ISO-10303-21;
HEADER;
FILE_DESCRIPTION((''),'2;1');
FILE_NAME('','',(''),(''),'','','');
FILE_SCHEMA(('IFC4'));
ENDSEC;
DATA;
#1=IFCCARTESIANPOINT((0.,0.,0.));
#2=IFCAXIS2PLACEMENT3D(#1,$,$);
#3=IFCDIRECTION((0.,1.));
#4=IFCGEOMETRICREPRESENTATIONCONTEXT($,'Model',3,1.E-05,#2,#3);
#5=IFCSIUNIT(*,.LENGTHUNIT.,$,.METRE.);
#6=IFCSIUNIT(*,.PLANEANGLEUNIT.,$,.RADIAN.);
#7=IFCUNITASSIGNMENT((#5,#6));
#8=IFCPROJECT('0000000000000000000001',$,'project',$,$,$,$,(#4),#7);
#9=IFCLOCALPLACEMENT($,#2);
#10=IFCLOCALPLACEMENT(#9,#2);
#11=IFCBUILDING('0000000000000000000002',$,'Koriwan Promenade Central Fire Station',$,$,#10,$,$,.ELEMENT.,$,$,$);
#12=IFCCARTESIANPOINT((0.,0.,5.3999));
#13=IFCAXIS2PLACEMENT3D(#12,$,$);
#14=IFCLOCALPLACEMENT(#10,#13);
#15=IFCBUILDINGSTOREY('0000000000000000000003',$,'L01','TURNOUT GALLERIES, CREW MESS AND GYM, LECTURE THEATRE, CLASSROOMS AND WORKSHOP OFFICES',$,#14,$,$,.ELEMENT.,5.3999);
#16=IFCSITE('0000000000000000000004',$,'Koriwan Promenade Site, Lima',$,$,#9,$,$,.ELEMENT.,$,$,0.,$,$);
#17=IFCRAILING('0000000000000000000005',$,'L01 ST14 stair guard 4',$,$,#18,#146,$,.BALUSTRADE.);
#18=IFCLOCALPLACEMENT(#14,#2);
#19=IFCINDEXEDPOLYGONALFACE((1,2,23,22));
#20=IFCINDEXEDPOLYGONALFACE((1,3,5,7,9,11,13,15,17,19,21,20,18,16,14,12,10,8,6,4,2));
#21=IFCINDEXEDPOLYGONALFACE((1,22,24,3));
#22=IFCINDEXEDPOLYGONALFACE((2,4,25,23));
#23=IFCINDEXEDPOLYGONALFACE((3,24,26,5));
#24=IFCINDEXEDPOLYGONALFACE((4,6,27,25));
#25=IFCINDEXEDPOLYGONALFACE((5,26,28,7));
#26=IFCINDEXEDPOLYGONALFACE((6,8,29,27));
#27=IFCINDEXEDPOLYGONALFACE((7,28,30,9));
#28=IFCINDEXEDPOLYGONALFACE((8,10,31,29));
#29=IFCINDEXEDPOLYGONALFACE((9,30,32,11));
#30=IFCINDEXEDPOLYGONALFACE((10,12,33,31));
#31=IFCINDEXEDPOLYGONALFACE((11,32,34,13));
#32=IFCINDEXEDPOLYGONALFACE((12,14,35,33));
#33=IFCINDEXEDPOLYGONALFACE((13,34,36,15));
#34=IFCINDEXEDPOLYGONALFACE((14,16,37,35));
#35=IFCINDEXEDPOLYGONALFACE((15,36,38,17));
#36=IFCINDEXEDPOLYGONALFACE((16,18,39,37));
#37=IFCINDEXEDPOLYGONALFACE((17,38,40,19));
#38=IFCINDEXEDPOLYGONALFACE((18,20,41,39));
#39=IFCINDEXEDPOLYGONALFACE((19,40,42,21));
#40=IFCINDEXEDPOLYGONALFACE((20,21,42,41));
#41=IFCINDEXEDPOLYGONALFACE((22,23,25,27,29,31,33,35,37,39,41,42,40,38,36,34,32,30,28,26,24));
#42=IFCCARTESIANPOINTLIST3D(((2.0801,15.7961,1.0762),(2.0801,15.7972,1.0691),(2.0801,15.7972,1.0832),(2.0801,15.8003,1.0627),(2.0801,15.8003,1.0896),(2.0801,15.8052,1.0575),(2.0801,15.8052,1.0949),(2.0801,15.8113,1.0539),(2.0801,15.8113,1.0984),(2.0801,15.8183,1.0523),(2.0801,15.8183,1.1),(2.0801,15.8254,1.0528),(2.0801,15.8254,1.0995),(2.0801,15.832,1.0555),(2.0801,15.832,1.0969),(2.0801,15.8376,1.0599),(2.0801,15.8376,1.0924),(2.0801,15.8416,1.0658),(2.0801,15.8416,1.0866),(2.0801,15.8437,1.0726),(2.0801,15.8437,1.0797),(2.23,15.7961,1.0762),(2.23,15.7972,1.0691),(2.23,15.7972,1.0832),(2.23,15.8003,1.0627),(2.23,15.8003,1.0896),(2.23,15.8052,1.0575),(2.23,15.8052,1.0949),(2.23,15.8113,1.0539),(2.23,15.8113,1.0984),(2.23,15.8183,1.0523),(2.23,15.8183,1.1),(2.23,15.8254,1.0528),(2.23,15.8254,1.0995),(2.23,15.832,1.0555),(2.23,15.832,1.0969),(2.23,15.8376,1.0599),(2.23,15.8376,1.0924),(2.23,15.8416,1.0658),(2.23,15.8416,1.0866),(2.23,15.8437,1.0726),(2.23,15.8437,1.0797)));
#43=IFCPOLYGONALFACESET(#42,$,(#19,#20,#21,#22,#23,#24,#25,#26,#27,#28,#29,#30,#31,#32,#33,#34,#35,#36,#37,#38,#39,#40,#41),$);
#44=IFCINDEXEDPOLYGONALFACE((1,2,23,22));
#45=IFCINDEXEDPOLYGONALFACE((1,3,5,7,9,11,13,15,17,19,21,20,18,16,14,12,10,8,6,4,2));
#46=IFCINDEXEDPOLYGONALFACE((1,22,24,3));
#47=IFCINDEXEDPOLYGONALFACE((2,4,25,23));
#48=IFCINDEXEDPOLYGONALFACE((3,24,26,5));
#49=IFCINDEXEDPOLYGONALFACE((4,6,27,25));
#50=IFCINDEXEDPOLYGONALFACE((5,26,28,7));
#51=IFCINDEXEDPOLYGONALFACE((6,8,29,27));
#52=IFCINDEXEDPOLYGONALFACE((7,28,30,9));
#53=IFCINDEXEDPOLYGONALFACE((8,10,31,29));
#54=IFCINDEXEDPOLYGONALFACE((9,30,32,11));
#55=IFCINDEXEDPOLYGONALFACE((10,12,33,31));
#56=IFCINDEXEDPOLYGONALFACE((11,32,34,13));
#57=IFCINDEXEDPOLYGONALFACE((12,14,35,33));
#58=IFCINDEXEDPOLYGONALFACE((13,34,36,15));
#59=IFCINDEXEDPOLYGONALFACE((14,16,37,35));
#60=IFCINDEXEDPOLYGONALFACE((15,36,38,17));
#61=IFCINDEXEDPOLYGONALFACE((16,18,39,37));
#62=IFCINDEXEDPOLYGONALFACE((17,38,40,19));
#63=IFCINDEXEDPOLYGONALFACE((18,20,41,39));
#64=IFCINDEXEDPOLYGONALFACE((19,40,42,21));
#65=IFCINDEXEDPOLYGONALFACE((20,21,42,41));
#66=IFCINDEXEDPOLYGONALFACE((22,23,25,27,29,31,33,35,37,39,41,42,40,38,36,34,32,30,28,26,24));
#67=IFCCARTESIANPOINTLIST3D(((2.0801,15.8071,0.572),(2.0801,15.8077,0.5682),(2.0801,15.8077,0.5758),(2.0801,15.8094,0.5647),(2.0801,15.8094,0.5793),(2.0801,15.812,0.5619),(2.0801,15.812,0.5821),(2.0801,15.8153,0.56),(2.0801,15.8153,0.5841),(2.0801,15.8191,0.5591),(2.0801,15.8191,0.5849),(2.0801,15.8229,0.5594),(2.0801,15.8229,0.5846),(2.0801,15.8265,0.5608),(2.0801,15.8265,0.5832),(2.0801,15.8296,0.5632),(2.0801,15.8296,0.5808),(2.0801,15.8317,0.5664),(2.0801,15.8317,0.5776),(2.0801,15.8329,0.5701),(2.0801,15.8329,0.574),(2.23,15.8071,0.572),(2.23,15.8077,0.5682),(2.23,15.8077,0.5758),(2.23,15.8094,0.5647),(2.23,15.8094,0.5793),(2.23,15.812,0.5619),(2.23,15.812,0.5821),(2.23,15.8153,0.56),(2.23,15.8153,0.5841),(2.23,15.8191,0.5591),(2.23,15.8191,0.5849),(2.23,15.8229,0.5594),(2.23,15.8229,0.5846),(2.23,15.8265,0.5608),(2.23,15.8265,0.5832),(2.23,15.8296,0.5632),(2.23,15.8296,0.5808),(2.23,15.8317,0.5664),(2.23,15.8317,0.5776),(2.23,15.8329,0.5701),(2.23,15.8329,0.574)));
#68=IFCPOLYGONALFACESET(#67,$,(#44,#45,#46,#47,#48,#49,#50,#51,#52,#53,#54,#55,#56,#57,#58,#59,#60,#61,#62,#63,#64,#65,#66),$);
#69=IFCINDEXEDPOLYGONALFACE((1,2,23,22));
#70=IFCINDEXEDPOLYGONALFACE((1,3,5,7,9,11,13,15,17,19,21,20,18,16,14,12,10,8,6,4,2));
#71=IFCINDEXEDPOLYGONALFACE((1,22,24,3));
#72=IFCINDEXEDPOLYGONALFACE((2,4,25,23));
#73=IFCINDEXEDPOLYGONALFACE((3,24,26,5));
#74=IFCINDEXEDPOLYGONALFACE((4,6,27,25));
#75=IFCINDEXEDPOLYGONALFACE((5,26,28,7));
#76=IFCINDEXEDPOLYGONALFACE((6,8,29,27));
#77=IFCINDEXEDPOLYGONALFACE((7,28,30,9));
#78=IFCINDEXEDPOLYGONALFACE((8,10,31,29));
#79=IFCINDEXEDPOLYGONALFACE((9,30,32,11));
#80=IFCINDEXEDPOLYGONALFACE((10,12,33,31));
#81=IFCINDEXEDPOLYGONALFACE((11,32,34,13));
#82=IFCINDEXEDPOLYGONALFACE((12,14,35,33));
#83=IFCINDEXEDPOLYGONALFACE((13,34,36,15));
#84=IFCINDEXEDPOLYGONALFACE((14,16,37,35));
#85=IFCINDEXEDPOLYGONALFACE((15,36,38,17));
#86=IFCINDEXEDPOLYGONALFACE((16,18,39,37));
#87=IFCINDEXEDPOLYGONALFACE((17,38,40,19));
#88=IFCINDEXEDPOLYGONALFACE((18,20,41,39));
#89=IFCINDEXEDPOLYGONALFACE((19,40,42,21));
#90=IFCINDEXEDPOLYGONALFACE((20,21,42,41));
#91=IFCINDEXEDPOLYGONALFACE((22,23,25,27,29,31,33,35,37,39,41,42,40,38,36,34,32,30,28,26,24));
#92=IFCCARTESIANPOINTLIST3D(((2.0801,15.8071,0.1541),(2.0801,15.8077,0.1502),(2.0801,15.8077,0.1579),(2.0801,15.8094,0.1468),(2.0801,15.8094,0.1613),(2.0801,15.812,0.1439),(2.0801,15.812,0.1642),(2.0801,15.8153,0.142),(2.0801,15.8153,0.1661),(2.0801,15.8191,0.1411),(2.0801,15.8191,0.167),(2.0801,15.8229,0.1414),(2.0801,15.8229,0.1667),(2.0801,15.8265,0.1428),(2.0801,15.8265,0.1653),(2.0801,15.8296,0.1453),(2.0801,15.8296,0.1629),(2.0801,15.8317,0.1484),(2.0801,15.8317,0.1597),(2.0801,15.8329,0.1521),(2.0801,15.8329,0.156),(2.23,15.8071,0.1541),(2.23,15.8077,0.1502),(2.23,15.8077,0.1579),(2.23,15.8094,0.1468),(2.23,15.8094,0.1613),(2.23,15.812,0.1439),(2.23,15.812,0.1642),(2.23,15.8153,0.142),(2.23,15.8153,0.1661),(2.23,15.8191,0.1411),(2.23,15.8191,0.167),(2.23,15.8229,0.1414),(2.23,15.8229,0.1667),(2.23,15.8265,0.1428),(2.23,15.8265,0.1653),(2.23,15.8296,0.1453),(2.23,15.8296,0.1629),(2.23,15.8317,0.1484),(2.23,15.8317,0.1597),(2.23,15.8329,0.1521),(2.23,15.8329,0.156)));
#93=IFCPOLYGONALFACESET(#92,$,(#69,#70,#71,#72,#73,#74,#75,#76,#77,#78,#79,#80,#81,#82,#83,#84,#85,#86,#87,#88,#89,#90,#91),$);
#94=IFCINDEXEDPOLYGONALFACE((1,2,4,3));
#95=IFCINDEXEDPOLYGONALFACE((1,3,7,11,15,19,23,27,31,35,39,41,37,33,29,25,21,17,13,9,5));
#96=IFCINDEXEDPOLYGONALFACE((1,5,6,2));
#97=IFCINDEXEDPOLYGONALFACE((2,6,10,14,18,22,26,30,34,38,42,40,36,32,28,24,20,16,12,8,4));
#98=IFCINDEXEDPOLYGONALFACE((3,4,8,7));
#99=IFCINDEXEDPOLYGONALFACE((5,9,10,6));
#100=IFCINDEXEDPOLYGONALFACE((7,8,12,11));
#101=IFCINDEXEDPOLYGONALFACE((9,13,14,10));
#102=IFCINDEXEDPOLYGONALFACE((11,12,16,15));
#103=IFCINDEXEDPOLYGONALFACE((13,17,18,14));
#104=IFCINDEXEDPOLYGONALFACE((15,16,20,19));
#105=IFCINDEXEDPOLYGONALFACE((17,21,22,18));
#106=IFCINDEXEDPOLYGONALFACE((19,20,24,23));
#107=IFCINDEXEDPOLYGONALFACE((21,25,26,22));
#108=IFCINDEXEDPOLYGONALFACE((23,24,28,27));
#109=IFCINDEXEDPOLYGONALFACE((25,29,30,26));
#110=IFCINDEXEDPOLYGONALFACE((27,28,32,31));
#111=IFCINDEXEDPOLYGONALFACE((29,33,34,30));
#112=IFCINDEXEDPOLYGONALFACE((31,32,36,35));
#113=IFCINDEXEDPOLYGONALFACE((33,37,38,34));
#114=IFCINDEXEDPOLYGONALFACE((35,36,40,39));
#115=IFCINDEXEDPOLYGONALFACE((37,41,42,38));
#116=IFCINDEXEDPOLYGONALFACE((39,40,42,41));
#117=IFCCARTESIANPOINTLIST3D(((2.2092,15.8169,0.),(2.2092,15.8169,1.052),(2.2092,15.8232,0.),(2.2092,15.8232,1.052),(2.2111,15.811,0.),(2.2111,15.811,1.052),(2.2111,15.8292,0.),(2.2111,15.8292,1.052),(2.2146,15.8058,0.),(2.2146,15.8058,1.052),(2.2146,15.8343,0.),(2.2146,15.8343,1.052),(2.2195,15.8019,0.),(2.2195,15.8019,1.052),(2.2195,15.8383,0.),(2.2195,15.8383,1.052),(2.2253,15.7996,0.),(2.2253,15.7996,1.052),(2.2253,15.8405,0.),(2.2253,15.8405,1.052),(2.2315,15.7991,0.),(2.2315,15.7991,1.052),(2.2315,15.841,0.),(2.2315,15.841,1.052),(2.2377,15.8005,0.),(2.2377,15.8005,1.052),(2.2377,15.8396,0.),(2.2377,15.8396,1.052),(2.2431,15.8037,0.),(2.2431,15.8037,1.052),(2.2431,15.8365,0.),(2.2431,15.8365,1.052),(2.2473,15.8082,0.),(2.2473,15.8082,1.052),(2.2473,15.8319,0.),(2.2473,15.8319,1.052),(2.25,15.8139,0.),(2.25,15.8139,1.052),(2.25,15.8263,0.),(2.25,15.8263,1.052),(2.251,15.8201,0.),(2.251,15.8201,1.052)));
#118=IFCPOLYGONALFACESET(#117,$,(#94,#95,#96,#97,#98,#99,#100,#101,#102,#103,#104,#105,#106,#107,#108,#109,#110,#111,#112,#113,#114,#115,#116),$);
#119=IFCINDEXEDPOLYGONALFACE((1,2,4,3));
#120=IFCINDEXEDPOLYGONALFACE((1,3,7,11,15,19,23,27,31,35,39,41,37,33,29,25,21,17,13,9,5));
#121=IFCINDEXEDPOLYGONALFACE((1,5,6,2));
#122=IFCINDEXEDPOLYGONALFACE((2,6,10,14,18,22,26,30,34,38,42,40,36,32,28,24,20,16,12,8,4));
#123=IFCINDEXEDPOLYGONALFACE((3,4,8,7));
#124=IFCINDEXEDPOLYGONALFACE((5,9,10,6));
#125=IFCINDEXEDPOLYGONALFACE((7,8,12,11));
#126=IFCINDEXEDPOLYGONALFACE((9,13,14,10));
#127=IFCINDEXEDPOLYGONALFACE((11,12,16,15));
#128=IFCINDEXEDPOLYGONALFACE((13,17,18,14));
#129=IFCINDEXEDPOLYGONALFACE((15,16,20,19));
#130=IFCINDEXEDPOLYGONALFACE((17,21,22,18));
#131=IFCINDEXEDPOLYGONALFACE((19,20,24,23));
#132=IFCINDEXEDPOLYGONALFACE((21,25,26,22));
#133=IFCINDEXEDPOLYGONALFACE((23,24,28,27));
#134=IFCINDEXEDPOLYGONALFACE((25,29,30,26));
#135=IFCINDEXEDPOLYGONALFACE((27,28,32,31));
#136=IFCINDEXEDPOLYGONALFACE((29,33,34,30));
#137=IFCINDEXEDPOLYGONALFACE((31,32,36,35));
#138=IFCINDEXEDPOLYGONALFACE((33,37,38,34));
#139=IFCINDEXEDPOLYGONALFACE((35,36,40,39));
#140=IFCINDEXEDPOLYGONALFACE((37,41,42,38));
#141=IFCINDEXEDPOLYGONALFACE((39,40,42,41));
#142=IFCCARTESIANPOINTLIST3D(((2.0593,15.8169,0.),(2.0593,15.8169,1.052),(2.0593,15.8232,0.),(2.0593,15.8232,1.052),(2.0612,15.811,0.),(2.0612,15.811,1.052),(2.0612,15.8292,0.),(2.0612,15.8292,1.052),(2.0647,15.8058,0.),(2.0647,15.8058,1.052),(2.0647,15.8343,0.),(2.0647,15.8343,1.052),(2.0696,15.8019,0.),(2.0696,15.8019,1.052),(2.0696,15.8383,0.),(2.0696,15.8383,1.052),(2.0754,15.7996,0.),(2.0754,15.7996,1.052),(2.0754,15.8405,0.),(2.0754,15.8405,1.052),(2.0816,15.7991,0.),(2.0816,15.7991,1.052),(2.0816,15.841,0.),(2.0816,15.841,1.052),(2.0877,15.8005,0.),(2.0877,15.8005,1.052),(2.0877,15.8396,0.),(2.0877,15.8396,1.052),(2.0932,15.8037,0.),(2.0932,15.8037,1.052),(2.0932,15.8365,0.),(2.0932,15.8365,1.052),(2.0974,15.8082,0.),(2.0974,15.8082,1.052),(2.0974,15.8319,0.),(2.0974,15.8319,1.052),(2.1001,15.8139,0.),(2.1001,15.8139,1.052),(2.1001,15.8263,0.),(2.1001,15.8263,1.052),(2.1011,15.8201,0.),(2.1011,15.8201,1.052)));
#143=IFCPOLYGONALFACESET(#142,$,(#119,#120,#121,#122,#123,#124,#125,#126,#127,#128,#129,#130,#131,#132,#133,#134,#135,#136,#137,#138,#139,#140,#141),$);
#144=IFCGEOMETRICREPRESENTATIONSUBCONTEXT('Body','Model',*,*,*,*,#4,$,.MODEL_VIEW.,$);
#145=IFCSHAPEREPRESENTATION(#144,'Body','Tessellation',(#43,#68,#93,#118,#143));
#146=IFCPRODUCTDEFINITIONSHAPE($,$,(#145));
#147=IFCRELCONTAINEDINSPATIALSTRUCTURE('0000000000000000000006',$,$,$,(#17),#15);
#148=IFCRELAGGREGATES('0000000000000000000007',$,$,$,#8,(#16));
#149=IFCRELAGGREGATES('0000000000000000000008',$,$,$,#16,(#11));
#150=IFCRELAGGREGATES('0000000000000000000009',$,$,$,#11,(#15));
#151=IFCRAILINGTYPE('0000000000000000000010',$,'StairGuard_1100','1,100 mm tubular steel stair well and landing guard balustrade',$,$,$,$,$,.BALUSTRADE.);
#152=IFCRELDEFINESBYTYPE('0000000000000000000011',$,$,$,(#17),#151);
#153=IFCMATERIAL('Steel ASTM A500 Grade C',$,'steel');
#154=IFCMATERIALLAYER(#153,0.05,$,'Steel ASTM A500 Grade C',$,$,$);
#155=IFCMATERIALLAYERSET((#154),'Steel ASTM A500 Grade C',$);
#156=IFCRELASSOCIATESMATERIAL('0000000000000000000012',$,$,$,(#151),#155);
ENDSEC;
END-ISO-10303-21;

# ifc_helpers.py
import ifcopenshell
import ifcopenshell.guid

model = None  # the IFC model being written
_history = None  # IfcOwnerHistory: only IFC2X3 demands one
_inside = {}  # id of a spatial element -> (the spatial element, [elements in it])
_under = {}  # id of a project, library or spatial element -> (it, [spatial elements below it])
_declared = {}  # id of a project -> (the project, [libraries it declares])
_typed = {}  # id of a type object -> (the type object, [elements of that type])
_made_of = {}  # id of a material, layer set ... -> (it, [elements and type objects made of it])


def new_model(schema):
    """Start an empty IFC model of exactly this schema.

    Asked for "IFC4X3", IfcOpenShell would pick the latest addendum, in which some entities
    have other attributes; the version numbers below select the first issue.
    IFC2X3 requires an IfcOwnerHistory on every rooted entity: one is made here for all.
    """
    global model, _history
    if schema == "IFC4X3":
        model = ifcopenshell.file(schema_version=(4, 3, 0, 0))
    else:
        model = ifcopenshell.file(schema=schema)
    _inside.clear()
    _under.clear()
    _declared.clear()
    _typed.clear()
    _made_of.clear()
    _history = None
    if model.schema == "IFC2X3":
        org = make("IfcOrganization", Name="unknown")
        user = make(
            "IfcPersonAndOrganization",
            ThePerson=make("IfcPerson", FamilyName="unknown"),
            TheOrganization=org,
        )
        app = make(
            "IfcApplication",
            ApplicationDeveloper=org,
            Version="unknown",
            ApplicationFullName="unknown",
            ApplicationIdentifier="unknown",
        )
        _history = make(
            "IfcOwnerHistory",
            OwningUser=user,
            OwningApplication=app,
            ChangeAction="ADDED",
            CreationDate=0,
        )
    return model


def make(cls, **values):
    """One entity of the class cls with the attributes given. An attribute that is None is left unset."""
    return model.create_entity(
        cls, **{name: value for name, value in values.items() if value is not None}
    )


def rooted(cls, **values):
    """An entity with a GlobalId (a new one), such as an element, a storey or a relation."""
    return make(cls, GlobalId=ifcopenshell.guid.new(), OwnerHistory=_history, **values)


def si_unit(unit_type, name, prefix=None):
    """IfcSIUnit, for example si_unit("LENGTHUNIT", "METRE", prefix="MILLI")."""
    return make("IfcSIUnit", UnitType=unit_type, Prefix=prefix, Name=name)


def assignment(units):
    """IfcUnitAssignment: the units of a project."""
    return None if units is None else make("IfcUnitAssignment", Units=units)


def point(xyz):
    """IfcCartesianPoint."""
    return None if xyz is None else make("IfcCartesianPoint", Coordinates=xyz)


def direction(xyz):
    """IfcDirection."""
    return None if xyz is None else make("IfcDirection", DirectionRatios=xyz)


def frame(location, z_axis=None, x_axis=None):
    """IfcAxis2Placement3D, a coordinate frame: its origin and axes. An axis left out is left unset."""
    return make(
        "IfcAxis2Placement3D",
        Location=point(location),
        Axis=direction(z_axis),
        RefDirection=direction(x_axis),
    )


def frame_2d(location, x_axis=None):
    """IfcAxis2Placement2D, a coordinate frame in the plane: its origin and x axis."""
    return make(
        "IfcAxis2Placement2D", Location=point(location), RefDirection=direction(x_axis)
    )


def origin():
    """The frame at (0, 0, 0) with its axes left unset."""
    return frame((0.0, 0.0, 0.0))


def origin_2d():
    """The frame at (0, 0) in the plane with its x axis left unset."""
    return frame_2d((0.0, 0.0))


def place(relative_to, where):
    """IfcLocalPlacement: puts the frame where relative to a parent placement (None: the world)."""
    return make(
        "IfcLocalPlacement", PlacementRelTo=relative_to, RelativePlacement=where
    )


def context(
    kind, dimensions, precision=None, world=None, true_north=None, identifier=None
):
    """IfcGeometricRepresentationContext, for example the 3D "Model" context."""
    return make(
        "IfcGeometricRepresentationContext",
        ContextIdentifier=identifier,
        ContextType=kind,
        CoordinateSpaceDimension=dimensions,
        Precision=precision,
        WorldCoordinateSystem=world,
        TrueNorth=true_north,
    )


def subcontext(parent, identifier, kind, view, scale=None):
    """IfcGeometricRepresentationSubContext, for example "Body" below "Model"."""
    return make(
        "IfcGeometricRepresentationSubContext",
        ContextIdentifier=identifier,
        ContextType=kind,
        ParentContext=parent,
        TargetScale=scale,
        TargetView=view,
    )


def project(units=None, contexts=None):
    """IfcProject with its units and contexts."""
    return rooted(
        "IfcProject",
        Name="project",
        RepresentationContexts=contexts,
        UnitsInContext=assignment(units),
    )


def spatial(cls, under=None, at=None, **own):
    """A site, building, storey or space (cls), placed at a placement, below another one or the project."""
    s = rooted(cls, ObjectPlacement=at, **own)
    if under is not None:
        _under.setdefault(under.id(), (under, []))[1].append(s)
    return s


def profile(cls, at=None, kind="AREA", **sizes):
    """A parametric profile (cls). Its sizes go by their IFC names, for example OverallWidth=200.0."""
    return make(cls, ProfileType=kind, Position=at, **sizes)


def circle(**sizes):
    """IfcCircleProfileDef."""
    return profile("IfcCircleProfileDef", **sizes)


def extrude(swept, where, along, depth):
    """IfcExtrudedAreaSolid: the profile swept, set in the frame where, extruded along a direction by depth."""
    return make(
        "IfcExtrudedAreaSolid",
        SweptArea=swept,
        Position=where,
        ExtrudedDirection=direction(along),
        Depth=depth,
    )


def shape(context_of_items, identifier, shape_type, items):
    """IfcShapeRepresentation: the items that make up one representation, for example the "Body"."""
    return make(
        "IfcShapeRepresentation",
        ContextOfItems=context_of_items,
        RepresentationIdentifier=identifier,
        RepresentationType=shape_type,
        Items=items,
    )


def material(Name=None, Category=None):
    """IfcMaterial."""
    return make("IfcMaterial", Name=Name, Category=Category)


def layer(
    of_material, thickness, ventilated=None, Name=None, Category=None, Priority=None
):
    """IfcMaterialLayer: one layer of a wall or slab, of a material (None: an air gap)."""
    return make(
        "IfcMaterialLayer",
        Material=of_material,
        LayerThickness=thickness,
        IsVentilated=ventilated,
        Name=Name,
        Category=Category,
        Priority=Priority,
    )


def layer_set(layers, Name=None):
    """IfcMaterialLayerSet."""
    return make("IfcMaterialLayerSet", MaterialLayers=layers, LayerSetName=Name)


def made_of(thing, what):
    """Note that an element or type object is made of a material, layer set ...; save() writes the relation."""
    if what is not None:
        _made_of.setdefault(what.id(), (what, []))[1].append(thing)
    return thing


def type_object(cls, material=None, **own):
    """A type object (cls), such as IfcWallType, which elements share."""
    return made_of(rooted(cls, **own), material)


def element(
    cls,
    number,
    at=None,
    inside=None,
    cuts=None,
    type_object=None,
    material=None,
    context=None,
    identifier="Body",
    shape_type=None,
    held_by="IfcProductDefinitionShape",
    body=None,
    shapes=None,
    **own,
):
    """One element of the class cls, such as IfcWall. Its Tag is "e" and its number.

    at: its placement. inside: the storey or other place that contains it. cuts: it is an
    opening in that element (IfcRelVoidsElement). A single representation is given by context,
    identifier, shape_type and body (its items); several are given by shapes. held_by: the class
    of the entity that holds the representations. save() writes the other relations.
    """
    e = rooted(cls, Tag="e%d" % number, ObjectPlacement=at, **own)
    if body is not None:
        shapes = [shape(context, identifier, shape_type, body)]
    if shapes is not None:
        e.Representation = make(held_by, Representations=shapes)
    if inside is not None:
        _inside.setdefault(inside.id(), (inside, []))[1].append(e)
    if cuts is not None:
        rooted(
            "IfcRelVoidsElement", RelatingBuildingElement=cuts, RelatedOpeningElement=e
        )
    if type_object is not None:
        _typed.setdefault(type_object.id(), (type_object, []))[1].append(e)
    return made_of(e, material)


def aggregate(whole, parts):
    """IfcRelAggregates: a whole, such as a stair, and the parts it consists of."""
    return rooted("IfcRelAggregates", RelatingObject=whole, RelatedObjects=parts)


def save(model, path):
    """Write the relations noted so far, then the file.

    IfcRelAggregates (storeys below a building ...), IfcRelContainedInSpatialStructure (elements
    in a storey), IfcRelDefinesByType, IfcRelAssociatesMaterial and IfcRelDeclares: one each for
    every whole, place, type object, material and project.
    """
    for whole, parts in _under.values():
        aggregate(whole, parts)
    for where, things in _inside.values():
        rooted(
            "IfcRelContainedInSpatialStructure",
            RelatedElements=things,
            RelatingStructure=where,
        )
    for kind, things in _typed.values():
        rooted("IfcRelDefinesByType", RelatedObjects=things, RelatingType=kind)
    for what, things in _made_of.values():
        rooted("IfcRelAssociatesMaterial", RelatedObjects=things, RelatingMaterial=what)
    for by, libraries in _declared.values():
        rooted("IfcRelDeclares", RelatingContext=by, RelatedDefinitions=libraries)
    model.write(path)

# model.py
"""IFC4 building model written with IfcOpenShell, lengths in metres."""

from ifc_helpers import new_model, si_unit, direction, frame, origin, origin_2d, place, context, subcontext, project, spatial, circle, extrude, material, layer, layer_set, type_object, element, save


model = new_model("IFC4")

# Units and contexts
model_context = context("Model", 3, precision=1e-05, world=origin(), true_north=direction((0.0, 1.0)))
body_context = subcontext(model_context, "Body", "Model", "MODEL_VIEW")
ifc_project = project(units=[si_unit("LENGTHUNIT", "METRE"), si_unit("PLANEANGLEUNIT", "RADIAN")], contexts=[model_context])

# Site, building, storey
site_placement = place(None, origin())
site = spatial("IfcSite", under=ifc_project, at=site_placement, Name="Koriwan Promenade Site, Lima", CompositionType="ELEMENT", RefElevation=0.0)
building_placement = place(site_placement, origin())
building = spatial("IfcBuilding", under=site, at=building_placement, Name="Koriwan Promenade Central Fire Station", CompositionType="ELEMENT")
storey_placement = place(building_placement, frame((0.0, 0.0, 5.3999)))
storey = spatial("IfcBuildingStorey", under=building, at=storey_placement, Name="L01", Description="TURNOUT GALLERIES, CREW MESS AND GYM, LECTURE THEATRE, CLASSROOMS AND WORKSHOP OFFICES", CompositionType="ELEMENT", Elevation=5.3999)

# Railing
ifc_material_1 = material(Name="Steel ASTM A500 Grade C", Category="steel")
ifc_layer_1 = layer(ifc_material_1, 0.05, Name="Steel ASTM A500 Grade C")
ifc_layer_set_1 = layer_set([ifc_layer_1], Name="Steel ASTM A500 Grade C")
railing_type_1 = type_object("IfcRailingType", Name="StairGuard_1100", Description="1,100 mm tubular steel stair well and landing guard balustrade", PredefinedType="BALUSTRADE", material=ifc_layer_set_1)
railing_1_placement = place(storey_placement, frame((2.23, 15.8201, 0.0)))
element("IfcRailing", 1, at=railing_1_placement, inside=storey, type_object=railing_type_1, Name="L01 ST14 stair guard 4", PredefinedType="BALUSTRADE", context=body_context, shape_type="SweptSolid", body=[
    extrude(circle(Radius=0.0239, at=origin_2d()), frame((0.0, 0.0, 1.0762), z_axis=(-1.0, 0.0, 0.0), x_axis=(0.0, -1.0, 0.0)), (0.0, 0.0, 1.0), 0.1499),
    extrude(circle(Radius=0.0129, at=origin_2d()), frame((0.0, 0.0, 0.572), z_axis=(-1.0, 0.0, 0.0), x_axis=(0.0, -1.0, 0.0)), (0.0, 0.0, 1.0), 0.1499),
    extrude(circle(Radius=0.0129, at=origin_2d()), frame((0.0, 0.0, 0.1541), z_axis=(-1.0, 0.0, 0.0), x_axis=(0.0, -1.0, 0.0)), (0.0, 0.0, 1.0), 0.1499),
    extrude(circle(Radius=0.021, at=origin_2d()), origin(), (0.0, 0.0, 1.0), 1.052),
    extrude(circle(Radius=0.021, at=origin_2d()), frame((-0.1499, 0.0, 0.0)), (0.0, 0.0, 1.0), 1.052),
])

save(model, "model.ifc")
